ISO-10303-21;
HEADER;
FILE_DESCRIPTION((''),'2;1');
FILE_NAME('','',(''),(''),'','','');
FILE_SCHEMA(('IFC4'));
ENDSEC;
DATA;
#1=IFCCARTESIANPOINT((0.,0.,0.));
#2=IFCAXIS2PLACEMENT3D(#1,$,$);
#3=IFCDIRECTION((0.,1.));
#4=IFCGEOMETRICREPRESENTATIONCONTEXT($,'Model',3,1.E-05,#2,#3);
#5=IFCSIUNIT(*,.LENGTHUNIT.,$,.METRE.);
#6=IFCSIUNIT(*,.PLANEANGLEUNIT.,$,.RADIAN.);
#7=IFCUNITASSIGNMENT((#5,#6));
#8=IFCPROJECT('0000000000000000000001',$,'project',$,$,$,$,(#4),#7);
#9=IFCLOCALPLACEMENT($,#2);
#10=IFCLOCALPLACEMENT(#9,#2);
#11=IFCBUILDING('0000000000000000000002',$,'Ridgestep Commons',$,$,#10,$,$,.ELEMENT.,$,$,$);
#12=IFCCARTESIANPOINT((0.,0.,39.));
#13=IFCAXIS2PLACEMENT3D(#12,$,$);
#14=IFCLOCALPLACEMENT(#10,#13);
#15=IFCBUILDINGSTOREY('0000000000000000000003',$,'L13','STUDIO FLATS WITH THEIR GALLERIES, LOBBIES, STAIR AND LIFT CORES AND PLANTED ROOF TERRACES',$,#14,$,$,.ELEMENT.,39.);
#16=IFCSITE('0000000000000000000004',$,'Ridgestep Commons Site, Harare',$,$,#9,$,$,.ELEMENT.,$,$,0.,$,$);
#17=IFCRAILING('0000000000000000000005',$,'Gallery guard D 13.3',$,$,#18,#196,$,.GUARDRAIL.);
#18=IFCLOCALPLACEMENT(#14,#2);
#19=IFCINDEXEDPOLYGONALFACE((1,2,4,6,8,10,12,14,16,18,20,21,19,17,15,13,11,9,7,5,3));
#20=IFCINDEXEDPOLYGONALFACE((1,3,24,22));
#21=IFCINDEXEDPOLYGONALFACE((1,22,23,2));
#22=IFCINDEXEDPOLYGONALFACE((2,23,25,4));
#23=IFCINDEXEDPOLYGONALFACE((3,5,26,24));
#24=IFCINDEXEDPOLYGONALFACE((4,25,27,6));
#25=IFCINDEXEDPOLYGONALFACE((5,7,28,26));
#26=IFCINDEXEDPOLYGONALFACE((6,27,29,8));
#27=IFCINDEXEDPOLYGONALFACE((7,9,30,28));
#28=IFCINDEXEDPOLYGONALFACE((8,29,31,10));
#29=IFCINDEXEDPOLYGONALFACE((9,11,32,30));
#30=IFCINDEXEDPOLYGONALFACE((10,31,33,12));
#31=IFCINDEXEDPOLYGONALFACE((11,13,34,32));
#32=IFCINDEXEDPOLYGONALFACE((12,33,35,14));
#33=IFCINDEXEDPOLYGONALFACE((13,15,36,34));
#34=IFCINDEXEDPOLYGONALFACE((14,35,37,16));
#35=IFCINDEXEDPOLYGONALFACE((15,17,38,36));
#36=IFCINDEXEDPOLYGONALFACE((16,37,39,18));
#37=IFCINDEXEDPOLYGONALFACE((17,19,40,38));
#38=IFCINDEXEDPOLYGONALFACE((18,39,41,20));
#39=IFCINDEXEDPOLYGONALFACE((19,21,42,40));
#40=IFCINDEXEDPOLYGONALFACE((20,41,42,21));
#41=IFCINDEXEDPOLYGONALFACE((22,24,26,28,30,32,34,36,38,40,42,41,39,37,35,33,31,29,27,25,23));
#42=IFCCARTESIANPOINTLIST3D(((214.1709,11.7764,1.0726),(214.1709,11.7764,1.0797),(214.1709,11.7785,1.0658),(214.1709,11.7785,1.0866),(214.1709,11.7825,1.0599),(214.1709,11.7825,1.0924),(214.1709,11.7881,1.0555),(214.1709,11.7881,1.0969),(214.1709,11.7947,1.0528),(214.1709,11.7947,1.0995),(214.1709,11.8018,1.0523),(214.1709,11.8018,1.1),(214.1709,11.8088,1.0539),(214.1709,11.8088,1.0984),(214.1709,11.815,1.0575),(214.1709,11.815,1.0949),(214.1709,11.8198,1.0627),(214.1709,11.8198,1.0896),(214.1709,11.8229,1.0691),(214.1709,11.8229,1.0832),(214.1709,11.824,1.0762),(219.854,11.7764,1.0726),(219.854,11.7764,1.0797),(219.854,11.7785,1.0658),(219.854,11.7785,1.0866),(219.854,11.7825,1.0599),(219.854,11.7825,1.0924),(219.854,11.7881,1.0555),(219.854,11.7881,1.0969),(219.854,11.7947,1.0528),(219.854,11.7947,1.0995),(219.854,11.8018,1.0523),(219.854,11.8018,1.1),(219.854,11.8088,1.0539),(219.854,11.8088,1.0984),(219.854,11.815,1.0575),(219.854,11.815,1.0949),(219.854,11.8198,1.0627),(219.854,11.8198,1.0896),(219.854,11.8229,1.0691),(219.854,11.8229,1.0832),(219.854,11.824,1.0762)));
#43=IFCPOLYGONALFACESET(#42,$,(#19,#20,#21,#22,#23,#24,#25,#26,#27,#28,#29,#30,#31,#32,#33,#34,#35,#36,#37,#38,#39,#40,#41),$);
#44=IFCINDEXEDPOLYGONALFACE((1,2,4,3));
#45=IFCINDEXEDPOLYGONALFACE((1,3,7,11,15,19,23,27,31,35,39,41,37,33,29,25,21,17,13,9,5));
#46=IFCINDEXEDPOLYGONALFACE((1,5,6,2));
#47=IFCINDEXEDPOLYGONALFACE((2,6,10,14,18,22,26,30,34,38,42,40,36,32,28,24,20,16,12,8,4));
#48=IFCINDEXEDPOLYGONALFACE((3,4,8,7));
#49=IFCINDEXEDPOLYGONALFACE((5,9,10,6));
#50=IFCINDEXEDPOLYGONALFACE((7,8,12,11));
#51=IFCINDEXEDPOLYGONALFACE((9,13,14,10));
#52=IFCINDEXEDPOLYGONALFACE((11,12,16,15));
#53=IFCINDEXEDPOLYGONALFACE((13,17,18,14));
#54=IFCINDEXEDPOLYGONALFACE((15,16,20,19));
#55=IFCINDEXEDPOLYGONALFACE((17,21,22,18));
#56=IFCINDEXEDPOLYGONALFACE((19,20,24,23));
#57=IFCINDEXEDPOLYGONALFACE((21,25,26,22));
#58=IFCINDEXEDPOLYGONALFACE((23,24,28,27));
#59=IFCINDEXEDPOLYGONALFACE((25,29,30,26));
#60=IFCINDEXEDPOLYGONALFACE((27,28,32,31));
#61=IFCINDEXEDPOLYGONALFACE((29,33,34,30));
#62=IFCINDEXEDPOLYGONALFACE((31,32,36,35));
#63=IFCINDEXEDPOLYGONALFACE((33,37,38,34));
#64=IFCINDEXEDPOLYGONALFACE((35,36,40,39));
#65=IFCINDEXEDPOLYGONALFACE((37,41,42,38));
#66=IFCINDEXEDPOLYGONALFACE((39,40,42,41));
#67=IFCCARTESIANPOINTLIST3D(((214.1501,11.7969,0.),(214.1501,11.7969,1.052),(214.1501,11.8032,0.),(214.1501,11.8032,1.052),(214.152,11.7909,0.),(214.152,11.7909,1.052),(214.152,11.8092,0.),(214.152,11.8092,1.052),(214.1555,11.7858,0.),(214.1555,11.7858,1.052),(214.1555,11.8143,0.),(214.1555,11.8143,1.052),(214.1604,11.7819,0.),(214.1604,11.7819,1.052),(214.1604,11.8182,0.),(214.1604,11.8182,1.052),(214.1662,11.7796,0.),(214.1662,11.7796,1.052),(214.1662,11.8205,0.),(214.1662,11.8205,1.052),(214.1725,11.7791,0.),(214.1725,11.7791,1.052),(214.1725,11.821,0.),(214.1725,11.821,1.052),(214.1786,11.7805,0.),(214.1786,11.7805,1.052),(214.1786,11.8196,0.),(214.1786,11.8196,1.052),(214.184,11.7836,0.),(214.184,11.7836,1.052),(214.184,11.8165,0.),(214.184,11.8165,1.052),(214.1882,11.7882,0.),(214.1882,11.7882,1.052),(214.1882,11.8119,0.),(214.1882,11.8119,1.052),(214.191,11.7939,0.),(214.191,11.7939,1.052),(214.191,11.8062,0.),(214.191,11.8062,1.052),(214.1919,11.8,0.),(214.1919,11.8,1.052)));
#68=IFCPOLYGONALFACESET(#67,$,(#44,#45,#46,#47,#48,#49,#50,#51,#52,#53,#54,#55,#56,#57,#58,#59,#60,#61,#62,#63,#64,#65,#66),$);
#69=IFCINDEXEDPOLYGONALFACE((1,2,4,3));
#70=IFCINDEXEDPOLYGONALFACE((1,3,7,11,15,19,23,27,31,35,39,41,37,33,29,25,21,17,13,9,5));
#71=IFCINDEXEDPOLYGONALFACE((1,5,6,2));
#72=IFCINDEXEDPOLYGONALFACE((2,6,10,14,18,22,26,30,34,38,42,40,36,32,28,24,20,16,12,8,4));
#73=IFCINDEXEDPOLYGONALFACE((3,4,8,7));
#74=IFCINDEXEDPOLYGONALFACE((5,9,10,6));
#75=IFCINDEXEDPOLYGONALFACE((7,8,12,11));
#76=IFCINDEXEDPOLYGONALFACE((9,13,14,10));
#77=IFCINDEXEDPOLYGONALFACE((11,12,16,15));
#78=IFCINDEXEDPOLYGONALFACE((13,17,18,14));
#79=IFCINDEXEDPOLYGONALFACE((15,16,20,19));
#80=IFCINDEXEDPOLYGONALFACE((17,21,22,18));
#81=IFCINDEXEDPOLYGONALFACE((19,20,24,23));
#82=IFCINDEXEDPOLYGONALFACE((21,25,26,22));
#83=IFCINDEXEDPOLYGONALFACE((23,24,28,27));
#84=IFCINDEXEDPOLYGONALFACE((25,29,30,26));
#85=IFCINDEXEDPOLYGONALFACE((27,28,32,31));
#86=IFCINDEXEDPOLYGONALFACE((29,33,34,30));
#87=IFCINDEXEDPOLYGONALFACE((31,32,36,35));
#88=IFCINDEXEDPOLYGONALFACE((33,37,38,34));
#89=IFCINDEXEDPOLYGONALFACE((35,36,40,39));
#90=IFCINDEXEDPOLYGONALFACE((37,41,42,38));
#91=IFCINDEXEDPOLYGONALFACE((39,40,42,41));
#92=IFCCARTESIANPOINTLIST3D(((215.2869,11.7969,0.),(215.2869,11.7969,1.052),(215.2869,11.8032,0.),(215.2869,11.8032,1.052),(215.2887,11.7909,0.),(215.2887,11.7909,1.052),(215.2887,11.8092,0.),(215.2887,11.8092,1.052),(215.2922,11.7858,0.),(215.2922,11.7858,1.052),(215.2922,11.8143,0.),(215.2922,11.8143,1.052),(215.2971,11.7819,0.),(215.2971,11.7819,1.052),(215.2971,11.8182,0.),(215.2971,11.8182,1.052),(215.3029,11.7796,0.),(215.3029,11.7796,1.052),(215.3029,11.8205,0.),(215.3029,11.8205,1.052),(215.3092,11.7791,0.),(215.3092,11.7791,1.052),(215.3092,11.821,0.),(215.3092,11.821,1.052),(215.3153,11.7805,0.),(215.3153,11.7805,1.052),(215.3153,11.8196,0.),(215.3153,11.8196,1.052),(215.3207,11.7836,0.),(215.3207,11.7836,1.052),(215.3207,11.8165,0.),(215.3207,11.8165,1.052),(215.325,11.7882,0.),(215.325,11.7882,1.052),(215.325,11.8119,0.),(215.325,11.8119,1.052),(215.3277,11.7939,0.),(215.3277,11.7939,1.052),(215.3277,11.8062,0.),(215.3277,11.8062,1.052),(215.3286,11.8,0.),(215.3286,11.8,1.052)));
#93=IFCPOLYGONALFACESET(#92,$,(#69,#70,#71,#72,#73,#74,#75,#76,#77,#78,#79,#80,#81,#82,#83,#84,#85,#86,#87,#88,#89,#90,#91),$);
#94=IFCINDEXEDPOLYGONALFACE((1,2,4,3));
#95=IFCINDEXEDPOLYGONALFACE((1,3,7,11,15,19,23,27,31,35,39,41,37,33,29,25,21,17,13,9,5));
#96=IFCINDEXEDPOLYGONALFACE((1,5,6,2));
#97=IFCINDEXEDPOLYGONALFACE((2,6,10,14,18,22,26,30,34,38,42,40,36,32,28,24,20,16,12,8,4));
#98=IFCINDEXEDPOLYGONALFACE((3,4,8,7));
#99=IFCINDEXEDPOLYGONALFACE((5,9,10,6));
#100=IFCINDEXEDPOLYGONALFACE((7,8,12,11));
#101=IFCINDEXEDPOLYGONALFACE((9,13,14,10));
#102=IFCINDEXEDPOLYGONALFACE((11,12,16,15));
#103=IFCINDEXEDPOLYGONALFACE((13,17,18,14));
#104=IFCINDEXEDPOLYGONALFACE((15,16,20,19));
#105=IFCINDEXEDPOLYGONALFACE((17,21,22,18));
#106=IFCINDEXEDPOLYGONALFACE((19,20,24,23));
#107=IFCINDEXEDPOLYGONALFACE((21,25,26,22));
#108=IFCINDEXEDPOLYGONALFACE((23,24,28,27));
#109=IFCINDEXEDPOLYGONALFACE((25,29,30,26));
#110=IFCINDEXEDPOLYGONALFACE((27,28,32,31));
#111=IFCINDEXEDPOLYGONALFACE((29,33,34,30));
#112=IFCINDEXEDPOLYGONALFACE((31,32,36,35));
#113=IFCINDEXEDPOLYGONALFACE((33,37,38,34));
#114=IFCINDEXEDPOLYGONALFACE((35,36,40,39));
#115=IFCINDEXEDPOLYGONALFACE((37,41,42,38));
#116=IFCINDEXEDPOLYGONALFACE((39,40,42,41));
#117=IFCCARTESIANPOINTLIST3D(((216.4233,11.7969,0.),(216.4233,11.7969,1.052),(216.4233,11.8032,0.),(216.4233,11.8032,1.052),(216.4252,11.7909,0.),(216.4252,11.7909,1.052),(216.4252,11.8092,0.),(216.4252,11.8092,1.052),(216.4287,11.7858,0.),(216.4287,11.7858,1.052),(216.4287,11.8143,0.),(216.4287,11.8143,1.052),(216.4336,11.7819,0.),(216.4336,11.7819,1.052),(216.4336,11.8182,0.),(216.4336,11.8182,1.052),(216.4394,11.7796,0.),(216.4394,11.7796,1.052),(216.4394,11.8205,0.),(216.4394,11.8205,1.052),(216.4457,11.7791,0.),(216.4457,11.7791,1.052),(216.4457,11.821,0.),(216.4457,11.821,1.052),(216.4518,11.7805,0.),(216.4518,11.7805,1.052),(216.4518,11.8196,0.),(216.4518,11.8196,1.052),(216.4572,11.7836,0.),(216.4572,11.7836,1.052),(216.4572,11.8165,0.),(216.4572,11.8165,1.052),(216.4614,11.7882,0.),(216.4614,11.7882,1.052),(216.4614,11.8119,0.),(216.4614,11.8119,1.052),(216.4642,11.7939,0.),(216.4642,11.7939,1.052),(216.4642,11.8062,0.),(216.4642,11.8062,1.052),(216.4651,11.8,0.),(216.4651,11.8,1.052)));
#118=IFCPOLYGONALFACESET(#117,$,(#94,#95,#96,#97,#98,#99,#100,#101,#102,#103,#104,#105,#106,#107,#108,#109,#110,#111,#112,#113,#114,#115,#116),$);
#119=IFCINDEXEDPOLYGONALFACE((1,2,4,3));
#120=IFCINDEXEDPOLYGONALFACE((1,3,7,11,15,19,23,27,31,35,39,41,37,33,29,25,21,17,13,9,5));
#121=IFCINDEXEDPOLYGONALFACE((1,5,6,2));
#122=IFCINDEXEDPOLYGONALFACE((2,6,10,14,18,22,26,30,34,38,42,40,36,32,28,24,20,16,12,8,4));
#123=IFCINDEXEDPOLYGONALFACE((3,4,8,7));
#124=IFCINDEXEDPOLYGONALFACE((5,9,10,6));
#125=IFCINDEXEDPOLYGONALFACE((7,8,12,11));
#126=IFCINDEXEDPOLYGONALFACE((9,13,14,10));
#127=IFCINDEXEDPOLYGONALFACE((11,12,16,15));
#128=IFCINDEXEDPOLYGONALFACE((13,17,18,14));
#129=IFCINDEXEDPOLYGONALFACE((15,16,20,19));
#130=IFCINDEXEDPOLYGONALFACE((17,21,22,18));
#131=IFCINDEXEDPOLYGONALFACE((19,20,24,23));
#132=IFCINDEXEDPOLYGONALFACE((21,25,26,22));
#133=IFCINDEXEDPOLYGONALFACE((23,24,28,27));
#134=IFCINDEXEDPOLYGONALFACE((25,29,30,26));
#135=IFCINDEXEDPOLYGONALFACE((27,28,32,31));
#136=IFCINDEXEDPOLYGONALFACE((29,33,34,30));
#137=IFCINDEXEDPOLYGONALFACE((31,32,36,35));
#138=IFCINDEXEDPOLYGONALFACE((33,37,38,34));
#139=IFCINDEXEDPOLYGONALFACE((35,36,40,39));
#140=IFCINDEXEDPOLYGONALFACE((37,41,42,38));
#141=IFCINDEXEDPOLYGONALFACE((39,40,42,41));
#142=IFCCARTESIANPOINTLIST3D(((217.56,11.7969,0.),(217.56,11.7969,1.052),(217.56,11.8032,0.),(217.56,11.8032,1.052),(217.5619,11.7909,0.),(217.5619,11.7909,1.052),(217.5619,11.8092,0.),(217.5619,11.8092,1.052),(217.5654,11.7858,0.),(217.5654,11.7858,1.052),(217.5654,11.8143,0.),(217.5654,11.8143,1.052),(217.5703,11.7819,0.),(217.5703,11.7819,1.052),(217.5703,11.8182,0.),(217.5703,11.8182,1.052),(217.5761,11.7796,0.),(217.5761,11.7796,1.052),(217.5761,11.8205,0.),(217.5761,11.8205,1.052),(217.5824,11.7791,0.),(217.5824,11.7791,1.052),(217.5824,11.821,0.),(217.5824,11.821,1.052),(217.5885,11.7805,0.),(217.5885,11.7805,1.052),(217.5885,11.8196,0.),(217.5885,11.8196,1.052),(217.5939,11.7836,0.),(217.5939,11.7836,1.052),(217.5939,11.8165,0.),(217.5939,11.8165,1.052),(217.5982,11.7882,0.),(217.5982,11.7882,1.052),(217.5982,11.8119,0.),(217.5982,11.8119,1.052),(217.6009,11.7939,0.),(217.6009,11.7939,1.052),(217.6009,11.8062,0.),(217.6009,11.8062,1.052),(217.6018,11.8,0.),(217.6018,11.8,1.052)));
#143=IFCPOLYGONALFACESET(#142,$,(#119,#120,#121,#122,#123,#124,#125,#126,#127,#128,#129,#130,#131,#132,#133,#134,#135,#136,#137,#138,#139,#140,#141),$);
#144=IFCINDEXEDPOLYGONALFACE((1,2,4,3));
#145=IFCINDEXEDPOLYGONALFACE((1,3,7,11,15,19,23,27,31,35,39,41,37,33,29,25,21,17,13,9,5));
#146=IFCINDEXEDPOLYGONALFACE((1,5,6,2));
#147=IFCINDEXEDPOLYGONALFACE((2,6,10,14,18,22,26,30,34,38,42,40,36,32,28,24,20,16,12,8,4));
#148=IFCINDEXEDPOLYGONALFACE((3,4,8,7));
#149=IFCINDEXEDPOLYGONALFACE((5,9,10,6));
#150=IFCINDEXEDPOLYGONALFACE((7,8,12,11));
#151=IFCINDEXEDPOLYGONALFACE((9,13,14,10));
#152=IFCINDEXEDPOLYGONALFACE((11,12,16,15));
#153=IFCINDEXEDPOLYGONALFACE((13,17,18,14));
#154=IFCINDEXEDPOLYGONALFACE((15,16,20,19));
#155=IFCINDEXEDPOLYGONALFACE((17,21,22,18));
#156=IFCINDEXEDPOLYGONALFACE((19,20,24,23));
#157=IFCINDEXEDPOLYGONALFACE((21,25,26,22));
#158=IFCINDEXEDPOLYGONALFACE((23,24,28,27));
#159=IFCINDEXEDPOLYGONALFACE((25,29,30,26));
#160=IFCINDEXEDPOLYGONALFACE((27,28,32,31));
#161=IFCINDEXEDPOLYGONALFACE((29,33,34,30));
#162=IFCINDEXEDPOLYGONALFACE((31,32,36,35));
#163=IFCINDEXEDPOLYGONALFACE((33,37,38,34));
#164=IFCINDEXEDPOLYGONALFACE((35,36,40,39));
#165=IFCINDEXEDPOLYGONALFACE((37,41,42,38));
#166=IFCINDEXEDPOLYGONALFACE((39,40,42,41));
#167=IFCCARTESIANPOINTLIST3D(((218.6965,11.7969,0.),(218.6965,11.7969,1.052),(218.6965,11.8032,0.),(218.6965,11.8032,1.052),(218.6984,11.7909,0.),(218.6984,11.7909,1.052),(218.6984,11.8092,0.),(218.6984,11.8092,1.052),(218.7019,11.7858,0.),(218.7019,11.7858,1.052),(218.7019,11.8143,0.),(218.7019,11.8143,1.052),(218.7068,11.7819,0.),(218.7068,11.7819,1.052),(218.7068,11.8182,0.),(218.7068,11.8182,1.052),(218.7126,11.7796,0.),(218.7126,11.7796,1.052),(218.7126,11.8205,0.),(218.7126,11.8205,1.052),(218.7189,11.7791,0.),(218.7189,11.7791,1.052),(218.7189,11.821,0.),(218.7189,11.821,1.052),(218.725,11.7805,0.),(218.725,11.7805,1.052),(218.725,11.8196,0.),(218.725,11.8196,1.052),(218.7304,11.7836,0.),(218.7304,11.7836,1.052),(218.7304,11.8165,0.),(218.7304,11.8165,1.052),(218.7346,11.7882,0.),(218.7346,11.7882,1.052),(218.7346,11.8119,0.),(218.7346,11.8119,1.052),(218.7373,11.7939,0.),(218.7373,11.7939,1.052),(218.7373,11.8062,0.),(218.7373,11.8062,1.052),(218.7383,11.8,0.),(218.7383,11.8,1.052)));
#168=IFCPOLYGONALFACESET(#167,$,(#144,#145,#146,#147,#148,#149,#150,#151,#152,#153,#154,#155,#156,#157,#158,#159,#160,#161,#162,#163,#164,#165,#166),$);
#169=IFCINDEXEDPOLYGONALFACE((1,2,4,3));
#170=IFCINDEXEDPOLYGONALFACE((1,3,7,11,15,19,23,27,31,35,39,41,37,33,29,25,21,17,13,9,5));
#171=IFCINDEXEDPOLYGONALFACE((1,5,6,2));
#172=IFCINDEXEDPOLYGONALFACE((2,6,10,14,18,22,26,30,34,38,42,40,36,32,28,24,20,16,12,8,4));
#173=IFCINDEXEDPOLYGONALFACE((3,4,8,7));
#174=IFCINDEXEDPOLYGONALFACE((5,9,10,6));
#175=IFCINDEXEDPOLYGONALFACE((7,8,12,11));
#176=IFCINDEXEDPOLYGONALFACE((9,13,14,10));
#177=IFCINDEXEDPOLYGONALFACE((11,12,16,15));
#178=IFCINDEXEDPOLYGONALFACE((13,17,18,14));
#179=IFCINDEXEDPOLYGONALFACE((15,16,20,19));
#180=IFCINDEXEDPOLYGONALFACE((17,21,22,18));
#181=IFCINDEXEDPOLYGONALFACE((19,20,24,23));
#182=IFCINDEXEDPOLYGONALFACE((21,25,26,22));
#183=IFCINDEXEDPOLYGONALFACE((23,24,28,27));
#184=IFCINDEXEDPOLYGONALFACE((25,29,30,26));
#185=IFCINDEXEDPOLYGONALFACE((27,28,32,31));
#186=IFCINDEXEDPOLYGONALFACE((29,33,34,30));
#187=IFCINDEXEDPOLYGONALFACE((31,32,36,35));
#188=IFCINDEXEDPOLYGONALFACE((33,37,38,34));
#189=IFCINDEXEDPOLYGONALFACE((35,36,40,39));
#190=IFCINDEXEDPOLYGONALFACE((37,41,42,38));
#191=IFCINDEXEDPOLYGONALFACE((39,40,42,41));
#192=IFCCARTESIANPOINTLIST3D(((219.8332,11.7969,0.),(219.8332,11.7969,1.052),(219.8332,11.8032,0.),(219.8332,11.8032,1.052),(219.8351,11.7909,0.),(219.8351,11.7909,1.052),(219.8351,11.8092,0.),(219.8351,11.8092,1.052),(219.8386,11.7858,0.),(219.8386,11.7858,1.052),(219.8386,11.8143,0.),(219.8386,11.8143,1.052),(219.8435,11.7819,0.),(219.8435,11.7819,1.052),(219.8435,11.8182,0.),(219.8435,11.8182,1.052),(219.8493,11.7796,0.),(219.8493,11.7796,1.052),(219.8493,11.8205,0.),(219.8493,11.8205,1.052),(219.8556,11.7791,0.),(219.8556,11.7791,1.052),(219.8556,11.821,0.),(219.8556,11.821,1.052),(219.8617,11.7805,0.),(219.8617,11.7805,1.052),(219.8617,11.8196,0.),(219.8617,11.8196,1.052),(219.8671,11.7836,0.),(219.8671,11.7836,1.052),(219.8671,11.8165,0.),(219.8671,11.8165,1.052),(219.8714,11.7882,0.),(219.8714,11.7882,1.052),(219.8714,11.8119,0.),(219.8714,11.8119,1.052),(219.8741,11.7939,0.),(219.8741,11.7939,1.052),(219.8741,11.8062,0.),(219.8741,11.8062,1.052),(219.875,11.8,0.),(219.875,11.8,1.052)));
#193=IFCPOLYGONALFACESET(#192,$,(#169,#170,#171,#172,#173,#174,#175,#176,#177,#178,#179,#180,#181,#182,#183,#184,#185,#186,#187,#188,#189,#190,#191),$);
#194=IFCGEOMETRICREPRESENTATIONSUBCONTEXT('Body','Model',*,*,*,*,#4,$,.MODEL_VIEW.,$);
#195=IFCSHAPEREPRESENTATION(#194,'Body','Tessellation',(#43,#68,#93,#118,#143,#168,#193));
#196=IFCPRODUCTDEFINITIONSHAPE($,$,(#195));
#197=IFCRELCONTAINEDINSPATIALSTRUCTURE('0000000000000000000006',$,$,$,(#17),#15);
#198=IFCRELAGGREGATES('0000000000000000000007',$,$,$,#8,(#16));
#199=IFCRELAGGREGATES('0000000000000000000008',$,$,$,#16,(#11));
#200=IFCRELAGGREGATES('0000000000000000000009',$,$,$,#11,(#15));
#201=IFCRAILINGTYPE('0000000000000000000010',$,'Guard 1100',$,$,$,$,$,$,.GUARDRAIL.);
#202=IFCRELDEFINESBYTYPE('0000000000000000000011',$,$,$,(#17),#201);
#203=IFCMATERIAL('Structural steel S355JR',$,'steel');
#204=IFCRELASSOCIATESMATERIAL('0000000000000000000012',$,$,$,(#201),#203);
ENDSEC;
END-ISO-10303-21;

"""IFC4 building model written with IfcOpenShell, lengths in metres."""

from ifc_helpers import new_model, si_unit, direction, frame, origin, origin_2d, place, context, subcontext, project, spatial, circle, extrude, material, type_object, element, save


model = new_model("IFC4")

# Units and contexts
model_context = context("Model", 3, precision=1e-05, world=origin(), true_north=direction((0.0, 1.0)))
body_context = subcontext(model_context, "Body", "Model", "MODEL_VIEW")
ifc_project = project(units=[si_unit("LENGTHUNIT", "METRE"), si_unit("PLANEANGLEUNIT", "RADIAN")], contexts=[model_context])

# Site, building, storey
site_placement = place(None, origin())
site = spatial("IfcSite", under=ifc_project, at=site_placement, Name="Ridgestep Commons Site, Harare", CompositionType="ELEMENT", RefElevation=0.0)
building_placement = place(site_placement, origin())
building = spatial("IfcBuilding", under=site, at=building_placement, Name="Ridgestep Commons", CompositionType="ELEMENT")
storey_placement = place(building_placement, frame((0.0, 0.0, 39.0)))
storey = spatial("IfcBuildingStorey", under=building, at=storey_placement, Name="L13", Description="STUDIO FLATS WITH THEIR GALLERIES, LOBBIES, STAIR AND LIFT CORES AND PLANTED ROOF TERRACES", CompositionType="ELEMENT", Elevation=39.0)

# Railing
ifc_material_1 = material(Name="Structural steel S355JR", Category="steel")
railing_type_1 = type_object("IfcRailingType", Name="Guard 1100", PredefinedType="GUARDRAIL", material=ifc_material_1)
railing_1_placement = place(storey_placement, frame((214.1709, 11.8, 0.0)))
element("IfcRailing", 1, at=railing_1_placement, inside=storey, type_object=railing_type_1, Name="Gallery guard D 13.3", PredefinedType="GUARDRAIL", context=body_context, shape_type="SweptSolid", body=[
    extrude(circle(Radius=0.0239, at=origin_2d()), frame((0.0, 0.0, 1.0762), z_axis=(1.0, 0.0, 0.0), x_axis=(0.0, 1.0, 0.0)), (0.0, 0.0, 1.0), 5.6831),
    extrude(circle(Radius=0.021, at=origin_2d()), origin(), (0.0, 0.0, 1.0), 1.052),
    extrude(circle(Radius=0.021, at=origin_2d()), frame((1.1367, 0.0, 0.0)), (0.0, 0.0, 1.0), 1.052),
    extrude(circle(Radius=0.021, at=origin_2d()), frame((2.2732, 0.0, 0.0)), (0.0, 0.0, 1.0), 1.052),
    extrude(circle(Radius=0.021, at=origin_2d()), frame((3.4099, 0.0, 0.0)), (0.0, 0.0, 1.0), 1.052),
    extrude(circle(Radius=0.021, at=origin_2d()), frame((4.5464, 0.0, 0.0)), (0.0, 0.0, 1.0), 1.052),
    extrude(circle(Radius=0.021, at=origin_2d()), frame((5.6831, 0.0, 0.0)), (0.0, 0.0, 1.0), 1.052),
])

save(model, "model.ifc")
